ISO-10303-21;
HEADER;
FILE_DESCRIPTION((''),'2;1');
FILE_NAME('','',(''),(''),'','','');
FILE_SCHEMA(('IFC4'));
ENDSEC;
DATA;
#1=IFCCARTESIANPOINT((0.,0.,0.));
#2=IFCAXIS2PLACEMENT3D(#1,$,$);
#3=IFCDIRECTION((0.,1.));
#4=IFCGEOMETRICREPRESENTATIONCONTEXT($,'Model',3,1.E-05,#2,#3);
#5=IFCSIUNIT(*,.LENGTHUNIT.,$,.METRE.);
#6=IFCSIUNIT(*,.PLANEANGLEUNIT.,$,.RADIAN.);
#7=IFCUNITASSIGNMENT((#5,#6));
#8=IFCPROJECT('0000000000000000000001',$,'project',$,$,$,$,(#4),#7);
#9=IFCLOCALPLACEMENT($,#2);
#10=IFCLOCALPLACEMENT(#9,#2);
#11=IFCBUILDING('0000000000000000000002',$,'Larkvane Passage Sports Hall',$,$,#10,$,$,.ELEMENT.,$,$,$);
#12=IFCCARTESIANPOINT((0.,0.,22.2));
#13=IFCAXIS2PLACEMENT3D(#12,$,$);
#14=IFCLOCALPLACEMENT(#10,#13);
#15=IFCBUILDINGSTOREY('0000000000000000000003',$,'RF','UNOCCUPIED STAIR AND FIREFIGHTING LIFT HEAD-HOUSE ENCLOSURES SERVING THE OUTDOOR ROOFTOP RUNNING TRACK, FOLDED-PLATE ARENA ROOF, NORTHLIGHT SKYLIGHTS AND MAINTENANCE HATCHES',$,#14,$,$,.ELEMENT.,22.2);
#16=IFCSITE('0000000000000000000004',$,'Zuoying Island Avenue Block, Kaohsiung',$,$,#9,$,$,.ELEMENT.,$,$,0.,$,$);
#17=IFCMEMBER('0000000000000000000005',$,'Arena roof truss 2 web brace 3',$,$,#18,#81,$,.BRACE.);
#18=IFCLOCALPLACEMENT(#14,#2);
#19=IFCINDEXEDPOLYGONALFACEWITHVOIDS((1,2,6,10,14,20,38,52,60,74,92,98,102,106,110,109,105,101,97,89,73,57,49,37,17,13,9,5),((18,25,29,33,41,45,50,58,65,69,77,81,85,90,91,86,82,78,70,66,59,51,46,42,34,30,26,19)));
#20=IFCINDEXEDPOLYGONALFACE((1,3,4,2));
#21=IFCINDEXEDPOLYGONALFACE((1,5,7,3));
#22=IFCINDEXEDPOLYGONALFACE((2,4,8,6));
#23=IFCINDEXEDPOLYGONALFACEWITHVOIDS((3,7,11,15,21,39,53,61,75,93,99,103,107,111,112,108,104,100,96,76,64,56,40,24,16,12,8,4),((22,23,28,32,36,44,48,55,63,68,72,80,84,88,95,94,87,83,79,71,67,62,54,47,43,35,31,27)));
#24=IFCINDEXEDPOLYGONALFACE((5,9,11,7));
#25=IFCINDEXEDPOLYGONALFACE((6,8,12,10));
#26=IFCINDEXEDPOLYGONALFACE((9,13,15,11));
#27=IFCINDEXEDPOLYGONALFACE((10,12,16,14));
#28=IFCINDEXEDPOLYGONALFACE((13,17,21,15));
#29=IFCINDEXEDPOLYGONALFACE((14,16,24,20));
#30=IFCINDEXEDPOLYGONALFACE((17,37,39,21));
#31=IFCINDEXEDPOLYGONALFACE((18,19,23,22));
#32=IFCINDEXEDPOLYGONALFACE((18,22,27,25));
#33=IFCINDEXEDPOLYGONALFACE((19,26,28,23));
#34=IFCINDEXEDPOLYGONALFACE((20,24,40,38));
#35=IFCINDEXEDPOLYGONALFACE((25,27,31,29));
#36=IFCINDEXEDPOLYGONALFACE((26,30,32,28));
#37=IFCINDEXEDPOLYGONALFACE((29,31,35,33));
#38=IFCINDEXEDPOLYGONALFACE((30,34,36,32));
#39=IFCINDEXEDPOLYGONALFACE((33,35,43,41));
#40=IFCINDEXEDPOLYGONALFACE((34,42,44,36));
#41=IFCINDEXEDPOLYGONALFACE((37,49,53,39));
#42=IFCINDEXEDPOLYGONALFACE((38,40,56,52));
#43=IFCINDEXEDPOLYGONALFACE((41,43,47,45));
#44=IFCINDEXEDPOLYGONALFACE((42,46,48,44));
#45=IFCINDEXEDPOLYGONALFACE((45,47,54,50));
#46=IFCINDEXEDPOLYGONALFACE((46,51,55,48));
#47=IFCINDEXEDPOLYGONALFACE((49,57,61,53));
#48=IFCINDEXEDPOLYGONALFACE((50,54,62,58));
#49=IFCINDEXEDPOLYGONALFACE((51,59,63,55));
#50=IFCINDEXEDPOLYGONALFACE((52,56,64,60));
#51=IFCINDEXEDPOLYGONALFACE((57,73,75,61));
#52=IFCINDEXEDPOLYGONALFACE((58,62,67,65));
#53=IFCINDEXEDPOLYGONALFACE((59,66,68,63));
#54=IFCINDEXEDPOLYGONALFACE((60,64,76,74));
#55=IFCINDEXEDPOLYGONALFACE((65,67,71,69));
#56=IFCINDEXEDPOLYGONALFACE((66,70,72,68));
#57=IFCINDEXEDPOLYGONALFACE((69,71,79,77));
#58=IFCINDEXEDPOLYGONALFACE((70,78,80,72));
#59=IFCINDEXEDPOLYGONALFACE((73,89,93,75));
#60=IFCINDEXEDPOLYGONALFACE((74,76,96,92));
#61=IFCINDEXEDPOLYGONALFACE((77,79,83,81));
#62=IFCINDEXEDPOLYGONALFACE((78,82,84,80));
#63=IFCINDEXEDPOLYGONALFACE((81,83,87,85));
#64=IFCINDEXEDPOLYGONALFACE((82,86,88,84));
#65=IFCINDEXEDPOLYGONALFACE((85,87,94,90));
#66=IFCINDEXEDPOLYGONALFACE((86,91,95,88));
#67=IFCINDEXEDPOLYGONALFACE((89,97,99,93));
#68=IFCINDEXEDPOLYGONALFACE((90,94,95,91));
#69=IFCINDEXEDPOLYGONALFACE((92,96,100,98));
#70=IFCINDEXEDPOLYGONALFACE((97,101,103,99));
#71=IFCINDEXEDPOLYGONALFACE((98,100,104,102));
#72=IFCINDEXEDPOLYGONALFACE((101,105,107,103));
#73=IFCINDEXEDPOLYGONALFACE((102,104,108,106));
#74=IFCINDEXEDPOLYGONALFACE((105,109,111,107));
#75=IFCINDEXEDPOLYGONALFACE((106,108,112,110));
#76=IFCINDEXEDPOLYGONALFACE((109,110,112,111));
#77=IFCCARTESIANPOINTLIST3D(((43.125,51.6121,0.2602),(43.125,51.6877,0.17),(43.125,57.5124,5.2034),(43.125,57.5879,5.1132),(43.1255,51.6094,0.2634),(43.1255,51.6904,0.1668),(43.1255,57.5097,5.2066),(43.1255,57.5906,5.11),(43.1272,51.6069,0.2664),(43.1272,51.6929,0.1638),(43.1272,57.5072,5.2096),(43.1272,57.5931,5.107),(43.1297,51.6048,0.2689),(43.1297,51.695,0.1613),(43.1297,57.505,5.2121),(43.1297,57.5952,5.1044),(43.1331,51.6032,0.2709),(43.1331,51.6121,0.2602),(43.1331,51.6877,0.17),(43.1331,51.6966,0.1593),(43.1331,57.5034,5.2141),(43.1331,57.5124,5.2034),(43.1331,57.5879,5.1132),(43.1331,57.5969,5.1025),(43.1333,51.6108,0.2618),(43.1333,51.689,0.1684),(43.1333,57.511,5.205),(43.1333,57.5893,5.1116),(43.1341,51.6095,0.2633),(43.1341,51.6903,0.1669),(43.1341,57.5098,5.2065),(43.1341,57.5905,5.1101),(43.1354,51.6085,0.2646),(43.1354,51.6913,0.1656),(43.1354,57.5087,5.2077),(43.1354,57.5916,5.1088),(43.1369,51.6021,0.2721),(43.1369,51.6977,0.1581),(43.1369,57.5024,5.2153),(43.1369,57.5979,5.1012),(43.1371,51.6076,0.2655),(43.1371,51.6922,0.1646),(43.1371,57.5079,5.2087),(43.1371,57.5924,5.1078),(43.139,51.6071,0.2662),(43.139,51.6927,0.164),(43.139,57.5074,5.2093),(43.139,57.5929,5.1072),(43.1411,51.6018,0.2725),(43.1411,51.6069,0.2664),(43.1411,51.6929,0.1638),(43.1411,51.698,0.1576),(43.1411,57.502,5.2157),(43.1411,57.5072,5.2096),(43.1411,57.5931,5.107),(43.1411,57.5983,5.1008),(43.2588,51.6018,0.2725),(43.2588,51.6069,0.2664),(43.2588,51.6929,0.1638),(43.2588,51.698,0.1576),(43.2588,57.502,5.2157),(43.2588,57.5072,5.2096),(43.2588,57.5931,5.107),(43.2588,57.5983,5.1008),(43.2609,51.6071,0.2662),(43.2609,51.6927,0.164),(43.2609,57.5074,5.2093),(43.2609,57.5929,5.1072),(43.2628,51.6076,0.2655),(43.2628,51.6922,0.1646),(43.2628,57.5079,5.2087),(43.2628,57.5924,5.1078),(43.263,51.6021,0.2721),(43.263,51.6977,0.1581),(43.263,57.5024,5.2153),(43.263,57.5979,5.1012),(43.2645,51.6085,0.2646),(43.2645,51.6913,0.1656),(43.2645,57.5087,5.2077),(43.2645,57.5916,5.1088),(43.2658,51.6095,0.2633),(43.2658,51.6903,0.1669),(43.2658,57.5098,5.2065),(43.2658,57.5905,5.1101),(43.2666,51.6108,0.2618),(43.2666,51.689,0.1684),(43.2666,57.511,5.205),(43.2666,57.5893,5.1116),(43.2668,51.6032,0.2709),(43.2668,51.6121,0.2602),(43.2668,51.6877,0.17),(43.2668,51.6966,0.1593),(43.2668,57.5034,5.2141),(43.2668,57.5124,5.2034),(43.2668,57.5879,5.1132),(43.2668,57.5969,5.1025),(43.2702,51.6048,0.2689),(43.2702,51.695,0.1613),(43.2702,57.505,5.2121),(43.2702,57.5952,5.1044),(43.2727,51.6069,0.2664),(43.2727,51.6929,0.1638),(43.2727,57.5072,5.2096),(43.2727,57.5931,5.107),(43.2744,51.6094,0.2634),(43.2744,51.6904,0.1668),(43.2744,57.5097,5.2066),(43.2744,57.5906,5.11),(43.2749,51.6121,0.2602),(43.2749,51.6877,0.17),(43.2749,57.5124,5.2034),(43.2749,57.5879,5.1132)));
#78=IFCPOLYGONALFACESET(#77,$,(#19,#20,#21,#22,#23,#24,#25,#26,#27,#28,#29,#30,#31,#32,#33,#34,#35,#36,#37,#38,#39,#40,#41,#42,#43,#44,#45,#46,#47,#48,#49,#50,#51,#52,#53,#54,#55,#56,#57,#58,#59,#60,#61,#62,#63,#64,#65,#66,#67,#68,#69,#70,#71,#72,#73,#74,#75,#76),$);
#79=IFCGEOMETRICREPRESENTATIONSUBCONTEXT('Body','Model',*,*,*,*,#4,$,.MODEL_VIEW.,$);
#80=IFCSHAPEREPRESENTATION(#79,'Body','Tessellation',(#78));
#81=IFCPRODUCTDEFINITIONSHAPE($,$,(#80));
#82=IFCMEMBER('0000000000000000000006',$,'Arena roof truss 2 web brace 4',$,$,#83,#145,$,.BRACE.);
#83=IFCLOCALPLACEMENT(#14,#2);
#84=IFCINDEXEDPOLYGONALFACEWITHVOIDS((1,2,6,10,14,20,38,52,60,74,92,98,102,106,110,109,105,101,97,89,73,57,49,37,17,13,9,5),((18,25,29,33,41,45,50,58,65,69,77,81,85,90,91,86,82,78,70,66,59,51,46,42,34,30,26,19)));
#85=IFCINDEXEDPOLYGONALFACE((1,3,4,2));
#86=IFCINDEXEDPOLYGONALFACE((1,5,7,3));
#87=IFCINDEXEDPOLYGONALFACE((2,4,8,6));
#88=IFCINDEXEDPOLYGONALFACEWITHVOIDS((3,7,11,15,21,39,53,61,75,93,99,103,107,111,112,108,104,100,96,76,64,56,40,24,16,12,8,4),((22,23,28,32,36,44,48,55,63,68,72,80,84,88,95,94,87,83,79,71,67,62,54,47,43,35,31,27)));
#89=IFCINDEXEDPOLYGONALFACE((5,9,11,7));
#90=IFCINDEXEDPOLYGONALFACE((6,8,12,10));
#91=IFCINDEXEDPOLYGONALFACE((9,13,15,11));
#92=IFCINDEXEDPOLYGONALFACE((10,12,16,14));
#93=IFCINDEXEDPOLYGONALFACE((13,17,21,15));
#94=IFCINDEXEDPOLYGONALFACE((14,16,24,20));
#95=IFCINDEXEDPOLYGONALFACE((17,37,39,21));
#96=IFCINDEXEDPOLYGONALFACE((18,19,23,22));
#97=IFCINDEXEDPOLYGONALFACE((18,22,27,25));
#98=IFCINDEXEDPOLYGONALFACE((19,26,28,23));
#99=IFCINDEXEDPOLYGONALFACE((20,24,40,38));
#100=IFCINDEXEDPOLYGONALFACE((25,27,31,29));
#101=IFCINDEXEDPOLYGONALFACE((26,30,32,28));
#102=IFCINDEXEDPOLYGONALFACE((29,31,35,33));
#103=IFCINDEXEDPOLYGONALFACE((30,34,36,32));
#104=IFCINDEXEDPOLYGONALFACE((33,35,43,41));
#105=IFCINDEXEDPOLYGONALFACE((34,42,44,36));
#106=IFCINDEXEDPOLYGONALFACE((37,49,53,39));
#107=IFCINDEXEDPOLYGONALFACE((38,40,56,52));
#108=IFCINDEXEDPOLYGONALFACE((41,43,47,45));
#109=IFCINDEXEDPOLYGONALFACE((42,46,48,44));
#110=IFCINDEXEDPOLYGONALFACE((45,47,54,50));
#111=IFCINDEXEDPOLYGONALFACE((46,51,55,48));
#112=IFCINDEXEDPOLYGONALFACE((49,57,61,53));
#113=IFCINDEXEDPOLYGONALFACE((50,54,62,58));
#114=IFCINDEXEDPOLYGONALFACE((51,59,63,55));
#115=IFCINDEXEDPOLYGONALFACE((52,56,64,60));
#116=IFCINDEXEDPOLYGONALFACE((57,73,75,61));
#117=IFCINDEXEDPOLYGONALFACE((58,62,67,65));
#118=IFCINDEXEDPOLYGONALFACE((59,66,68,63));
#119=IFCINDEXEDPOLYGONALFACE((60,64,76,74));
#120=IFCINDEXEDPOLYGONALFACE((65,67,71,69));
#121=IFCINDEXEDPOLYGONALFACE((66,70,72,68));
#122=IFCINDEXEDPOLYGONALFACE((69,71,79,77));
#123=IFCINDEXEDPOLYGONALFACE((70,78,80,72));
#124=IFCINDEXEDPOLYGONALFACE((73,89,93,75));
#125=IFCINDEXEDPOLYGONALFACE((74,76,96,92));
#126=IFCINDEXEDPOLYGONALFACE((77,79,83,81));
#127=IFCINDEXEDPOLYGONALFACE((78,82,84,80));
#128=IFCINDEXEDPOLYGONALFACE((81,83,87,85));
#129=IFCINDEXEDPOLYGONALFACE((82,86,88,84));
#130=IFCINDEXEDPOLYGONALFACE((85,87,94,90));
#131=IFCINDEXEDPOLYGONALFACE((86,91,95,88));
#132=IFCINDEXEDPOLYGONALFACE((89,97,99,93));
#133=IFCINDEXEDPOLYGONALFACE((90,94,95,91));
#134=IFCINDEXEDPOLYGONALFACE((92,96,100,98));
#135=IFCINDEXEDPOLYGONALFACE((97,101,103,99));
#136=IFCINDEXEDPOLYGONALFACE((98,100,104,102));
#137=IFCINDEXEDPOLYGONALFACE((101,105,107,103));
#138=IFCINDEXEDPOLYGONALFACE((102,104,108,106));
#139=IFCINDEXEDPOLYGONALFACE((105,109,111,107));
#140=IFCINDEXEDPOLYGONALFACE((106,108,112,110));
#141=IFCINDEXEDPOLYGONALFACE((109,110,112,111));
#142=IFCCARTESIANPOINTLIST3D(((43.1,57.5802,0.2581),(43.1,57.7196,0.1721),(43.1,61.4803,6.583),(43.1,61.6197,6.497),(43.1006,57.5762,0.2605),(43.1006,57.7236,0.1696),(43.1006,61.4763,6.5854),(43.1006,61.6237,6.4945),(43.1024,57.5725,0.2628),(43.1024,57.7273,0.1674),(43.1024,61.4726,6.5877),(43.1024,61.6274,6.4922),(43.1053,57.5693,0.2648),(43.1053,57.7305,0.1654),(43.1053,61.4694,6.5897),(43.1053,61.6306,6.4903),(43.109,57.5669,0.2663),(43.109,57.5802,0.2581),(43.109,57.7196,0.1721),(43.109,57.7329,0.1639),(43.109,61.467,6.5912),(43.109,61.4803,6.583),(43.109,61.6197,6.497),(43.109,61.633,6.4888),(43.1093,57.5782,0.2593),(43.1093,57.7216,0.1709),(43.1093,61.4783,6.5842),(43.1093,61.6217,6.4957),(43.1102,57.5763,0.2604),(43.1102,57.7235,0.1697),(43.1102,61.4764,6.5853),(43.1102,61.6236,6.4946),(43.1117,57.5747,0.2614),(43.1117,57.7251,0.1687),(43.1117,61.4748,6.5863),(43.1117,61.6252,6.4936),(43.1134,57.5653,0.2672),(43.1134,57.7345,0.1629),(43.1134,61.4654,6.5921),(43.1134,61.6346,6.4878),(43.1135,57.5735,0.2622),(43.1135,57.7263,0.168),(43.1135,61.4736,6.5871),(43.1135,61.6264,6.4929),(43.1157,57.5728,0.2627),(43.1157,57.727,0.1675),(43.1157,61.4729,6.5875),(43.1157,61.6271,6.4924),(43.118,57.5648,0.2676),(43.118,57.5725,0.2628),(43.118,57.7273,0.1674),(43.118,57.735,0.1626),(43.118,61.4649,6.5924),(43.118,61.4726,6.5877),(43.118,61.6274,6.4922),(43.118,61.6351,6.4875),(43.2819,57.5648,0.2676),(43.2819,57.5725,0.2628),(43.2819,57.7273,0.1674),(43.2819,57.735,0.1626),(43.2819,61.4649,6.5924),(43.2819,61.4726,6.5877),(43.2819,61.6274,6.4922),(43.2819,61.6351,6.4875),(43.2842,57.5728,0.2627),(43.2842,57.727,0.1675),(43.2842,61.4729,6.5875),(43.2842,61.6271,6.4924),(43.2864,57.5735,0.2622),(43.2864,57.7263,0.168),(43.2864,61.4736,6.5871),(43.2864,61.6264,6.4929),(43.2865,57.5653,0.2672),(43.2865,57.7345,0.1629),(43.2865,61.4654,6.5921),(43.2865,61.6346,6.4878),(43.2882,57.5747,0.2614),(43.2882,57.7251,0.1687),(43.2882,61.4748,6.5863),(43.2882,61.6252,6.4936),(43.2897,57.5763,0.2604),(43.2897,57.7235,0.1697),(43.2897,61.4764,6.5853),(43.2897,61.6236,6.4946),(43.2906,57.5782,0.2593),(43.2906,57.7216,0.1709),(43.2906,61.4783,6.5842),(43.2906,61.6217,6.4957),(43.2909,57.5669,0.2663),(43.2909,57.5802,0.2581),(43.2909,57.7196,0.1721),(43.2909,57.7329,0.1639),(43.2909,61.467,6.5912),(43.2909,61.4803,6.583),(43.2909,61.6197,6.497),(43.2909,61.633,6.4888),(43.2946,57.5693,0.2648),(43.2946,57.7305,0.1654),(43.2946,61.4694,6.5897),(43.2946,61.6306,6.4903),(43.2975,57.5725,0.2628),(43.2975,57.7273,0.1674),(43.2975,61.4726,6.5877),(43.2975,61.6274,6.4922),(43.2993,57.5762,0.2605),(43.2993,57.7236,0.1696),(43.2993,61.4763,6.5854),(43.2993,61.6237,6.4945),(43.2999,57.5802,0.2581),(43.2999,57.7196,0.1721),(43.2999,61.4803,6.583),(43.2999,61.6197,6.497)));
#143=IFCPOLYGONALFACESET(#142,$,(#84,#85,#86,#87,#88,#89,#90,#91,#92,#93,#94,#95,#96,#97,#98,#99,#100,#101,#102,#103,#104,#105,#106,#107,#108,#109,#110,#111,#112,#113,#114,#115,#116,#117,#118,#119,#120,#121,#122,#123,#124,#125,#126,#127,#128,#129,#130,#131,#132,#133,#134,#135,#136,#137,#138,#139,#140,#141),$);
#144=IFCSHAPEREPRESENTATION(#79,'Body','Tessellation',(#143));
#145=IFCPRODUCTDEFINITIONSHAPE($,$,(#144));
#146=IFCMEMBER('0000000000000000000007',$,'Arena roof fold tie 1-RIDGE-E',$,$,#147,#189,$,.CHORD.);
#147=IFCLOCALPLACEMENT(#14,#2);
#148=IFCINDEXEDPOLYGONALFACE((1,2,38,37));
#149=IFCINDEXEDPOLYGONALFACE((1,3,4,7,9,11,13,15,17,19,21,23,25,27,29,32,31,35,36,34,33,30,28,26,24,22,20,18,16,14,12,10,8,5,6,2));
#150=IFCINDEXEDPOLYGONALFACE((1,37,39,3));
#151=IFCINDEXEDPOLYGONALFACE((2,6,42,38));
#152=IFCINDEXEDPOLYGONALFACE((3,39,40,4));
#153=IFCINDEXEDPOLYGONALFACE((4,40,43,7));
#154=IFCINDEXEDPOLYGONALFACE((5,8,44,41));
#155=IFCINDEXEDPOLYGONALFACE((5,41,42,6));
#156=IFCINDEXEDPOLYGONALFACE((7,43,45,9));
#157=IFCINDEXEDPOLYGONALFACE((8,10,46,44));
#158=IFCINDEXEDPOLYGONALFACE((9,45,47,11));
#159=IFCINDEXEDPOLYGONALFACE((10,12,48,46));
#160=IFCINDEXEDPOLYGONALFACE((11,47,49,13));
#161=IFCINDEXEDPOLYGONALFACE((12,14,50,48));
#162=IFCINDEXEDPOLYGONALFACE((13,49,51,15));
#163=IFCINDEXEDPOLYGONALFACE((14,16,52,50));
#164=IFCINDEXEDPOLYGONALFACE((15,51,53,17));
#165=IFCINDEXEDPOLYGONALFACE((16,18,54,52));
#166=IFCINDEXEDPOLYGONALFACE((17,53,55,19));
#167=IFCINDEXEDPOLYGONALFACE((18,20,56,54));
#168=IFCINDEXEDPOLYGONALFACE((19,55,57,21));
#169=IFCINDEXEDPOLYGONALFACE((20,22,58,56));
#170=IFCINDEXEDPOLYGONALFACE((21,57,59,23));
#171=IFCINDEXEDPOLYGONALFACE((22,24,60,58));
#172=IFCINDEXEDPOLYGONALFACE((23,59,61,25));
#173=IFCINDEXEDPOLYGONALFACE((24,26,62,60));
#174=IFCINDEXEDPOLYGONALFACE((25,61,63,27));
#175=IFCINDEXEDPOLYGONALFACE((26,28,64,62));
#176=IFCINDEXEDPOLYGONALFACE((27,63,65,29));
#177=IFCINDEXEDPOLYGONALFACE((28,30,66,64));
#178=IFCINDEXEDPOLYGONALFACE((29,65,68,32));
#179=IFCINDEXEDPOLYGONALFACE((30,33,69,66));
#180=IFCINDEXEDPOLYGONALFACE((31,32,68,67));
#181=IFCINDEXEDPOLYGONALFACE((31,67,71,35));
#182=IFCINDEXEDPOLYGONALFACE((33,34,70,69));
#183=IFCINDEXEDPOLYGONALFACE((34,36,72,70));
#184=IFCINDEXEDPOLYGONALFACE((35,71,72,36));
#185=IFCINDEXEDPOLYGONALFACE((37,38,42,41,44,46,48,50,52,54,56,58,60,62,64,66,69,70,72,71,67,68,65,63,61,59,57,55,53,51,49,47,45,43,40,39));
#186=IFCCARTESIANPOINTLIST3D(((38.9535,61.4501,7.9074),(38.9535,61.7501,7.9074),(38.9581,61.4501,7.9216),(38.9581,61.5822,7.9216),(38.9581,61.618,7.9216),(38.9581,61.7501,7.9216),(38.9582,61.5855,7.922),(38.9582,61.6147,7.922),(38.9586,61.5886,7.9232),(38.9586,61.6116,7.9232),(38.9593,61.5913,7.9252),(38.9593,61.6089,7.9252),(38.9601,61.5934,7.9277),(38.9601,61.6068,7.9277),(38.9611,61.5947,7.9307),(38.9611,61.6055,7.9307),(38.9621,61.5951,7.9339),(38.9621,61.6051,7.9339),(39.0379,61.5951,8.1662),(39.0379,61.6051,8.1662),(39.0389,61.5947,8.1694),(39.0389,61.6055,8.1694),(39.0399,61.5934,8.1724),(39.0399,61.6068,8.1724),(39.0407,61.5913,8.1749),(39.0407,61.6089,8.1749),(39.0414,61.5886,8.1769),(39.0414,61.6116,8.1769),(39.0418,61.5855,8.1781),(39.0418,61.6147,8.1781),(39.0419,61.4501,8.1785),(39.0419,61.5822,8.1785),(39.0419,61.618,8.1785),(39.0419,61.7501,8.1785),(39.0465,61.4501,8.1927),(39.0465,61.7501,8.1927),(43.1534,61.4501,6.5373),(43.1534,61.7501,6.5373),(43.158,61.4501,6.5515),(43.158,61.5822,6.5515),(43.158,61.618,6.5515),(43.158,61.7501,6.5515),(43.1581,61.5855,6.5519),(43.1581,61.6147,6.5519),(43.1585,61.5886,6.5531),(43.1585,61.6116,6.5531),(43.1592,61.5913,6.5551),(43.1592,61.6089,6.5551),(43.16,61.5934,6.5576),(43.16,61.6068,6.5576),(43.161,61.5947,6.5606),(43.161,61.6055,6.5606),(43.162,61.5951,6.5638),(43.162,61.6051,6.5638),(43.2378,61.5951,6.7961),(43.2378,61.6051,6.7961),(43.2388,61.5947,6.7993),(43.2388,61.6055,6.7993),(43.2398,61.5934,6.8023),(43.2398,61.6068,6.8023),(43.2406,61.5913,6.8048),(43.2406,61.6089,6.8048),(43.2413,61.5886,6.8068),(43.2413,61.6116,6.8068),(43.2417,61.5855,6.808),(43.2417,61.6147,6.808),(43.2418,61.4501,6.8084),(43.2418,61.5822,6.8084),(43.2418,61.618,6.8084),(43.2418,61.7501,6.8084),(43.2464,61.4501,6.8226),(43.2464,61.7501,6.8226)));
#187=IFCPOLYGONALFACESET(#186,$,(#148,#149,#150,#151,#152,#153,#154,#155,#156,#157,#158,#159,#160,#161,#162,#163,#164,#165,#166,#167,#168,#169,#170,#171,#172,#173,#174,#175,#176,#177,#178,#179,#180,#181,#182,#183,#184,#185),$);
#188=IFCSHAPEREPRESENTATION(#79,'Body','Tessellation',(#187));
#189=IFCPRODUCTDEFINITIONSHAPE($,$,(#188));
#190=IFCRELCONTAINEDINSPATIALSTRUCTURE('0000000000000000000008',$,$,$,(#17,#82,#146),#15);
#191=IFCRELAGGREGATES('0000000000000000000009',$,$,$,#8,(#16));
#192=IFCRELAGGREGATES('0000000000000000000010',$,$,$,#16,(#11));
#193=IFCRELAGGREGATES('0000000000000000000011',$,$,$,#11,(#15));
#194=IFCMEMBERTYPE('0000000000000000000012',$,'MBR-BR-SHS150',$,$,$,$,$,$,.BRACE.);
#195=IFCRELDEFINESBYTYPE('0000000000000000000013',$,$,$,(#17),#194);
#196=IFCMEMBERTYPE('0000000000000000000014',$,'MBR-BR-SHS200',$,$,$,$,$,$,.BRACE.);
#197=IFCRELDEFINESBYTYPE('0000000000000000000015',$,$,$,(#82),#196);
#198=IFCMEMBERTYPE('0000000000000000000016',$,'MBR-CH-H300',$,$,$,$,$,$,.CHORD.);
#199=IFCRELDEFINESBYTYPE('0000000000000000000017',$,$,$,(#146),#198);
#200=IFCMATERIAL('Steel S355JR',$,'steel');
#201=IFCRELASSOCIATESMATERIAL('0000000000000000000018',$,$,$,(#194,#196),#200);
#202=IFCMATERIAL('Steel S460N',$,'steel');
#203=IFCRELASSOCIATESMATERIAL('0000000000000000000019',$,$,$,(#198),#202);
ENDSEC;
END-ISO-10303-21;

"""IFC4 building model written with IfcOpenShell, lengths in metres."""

from ifc_helpers import new_model, si_unit, direction, frame, origin, origin_2d, place, context, subcontext, project, spatial, hollow_rectangle, i_section, extrude, material, material_profile, profile_set, type_object, element, save


model = new_model("IFC4")

# Units and contexts
model_context = context("Model", 3, precision=1e-05, world=origin(), true_north=direction((0.0, 1.0)))
body_context = subcontext(model_context, "Body", "Model", "MODEL_VIEW")
ifc_project = project(units=[si_unit("LENGTHUNIT", "METRE"), si_unit("PLANEANGLEUNIT", "RADIAN")], contexts=[model_context])

# Site, building, storey
site_placement = place(None, origin())
site = spatial("IfcSite", under=ifc_project, at=site_placement, Name="Zuoying Island Avenue Block, Kaohsiung", CompositionType="ELEMENT", RefElevation=0.0)
building_placement = place(site_placement, origin())
building = spatial("IfcBuilding", under=site, at=building_placement, Name="Larkvane Passage Sports Hall", CompositionType="ELEMENT")
storey_placement = place(building_placement, frame((0.0, 0.0, 22.2)))
storey = spatial("IfcBuildingStorey", under=building, at=storey_placement, Name="RF", Description="UNOCCUPIED STAIR AND FIREFIGHTING LIFT HEAD-HOUSE ENCLOSURES SERVING THE OUTDOOR ROOFTOP RUNNING TRACK, FOLDED-PLATE ARENA ROOF, NORTHLIGHT SKYLIGHTS AND MAINTENANCE HATCHES", CompositionType="ELEMENT", Elevation=22.2)

# Members
ifc_material_1 = material(Name="Steel S355JR", Category="steel")
ifc_material_profile_1 = material_profile(ifc_material_1, hollow_rectangle(XDim=0.1499, YDim=0.1499, WallThickness=0.0081, InnerFilletRadius=0.0081, OuterFilletRadius=0.0161, at=origin_2d()), Name="SHS-150x150x8")
ifc_profile_set_1 = profile_set([ifc_material_profile_1], Name="Steel S355JR")
member_type_1 = type_object("IfcMemberType", Name="MBR-BR-SHS150", PredefinedType="BRACE", material=ifc_profile_set_1)
member_1_placement = place(storey_placement, frame((43.2, 51.6499, 0.2151), z_axis=(0.0, 0.766537, 0.642201), x_axis=(-1.0, 0.0, 0.0)))
element("IfcMember", 1, at=member_1_placement, inside=storey, type_object=member_type_1, Name="Arena roof truss 2 web brace 3", PredefinedType="BRACE", context=body_context, shape_type="SweptSolid", body=[
    extrude(hollow_rectangle(XDim=0.1499, YDim=0.1499, WallThickness=0.0081, InnerFilletRadius=0.0081, OuterFilletRadius=0.0161, at=origin_2d()), origin(), (0.0, 0.0, 1.0), 7.6973),
])
ifc_material_profile_2 = material_profile(ifc_material_1, hollow_rectangle(XDim=0.2, YDim=0.2, WallThickness=0.009, InnerFilletRadius=0.009, OuterFilletRadius=0.0181, at=origin_2d()), Name="SHS-200x200x9")
ifc_profile_set_2 = profile_set([ifc_material_profile_2], Name="Steel S355JR")
member_type_2 = type_object("IfcMemberType", Name="MBR-BR-SHS200", PredefinedType="BRACE", material=ifc_profile_set_2)
member_2_placement = place(storey_placement, frame((43.2, 57.6499, 0.2151), z_axis=(0.0, 0.524865, 0.851185), x_axis=(-1.0, 0.0, 0.0)))
element("IfcMember", 2, at=member_2_placement, inside=storey, type_object=member_type_2, Name="Arena roof truss 2 web brace 4", PredefinedType="BRACE", context=body_context, shape_type="SweptSolid", body=[
    extrude(hollow_rectangle(XDim=0.2, YDim=0.2, WallThickness=0.009, InnerFilletRadius=0.009, OuterFilletRadius=0.0181, at=origin_2d()), origin(), (0.0, 0.0, 1.0), 7.4307),
])
ifc_material_2 = material(Name="Steel S460N", Category="steel")
ifc_material_profile_3 = material_profile(ifc_material_2, i_section(OverallWidth=0.3, OverallDepth=0.3, WebThickness=0.01, FlangeThickness=0.0149, FilletRadius=0.0129, at=origin_2d()), Name="H-300x300x10x15")
ifc_profile_set_3 = profile_set([ifc_material_profile_3], Name="Steel S460N")
member_type_3 = type_object("IfcMemberType", Name="MBR-CH-H300", PredefinedType="CHORD", material=ifc_profile_set_3)
member_3_placement = place(storey_placement, frame((39.0, 61.6001, 8.05), z_axis=(0.950692, 0.0, -0.310137), x_axis=(0.0, 1.0, 0.0)))
element("IfcMember", 3, at=member_3_placement, inside=storey, type_object=member_type_3, Name="Arena roof fold tie 1-RIDGE-E", PredefinedType="CHORD", context=body_context, shape_type="SweptSolid", body=[
    extrude(i_section(OverallWidth=0.3, OverallDepth=0.3, WebThickness=0.01, FlangeThickness=0.0149, FilletRadius=0.0129, at=origin_2d()), origin(), (0.0, 0.0, 1.0), 4.4177),
])

save(model, "model.ifc")
